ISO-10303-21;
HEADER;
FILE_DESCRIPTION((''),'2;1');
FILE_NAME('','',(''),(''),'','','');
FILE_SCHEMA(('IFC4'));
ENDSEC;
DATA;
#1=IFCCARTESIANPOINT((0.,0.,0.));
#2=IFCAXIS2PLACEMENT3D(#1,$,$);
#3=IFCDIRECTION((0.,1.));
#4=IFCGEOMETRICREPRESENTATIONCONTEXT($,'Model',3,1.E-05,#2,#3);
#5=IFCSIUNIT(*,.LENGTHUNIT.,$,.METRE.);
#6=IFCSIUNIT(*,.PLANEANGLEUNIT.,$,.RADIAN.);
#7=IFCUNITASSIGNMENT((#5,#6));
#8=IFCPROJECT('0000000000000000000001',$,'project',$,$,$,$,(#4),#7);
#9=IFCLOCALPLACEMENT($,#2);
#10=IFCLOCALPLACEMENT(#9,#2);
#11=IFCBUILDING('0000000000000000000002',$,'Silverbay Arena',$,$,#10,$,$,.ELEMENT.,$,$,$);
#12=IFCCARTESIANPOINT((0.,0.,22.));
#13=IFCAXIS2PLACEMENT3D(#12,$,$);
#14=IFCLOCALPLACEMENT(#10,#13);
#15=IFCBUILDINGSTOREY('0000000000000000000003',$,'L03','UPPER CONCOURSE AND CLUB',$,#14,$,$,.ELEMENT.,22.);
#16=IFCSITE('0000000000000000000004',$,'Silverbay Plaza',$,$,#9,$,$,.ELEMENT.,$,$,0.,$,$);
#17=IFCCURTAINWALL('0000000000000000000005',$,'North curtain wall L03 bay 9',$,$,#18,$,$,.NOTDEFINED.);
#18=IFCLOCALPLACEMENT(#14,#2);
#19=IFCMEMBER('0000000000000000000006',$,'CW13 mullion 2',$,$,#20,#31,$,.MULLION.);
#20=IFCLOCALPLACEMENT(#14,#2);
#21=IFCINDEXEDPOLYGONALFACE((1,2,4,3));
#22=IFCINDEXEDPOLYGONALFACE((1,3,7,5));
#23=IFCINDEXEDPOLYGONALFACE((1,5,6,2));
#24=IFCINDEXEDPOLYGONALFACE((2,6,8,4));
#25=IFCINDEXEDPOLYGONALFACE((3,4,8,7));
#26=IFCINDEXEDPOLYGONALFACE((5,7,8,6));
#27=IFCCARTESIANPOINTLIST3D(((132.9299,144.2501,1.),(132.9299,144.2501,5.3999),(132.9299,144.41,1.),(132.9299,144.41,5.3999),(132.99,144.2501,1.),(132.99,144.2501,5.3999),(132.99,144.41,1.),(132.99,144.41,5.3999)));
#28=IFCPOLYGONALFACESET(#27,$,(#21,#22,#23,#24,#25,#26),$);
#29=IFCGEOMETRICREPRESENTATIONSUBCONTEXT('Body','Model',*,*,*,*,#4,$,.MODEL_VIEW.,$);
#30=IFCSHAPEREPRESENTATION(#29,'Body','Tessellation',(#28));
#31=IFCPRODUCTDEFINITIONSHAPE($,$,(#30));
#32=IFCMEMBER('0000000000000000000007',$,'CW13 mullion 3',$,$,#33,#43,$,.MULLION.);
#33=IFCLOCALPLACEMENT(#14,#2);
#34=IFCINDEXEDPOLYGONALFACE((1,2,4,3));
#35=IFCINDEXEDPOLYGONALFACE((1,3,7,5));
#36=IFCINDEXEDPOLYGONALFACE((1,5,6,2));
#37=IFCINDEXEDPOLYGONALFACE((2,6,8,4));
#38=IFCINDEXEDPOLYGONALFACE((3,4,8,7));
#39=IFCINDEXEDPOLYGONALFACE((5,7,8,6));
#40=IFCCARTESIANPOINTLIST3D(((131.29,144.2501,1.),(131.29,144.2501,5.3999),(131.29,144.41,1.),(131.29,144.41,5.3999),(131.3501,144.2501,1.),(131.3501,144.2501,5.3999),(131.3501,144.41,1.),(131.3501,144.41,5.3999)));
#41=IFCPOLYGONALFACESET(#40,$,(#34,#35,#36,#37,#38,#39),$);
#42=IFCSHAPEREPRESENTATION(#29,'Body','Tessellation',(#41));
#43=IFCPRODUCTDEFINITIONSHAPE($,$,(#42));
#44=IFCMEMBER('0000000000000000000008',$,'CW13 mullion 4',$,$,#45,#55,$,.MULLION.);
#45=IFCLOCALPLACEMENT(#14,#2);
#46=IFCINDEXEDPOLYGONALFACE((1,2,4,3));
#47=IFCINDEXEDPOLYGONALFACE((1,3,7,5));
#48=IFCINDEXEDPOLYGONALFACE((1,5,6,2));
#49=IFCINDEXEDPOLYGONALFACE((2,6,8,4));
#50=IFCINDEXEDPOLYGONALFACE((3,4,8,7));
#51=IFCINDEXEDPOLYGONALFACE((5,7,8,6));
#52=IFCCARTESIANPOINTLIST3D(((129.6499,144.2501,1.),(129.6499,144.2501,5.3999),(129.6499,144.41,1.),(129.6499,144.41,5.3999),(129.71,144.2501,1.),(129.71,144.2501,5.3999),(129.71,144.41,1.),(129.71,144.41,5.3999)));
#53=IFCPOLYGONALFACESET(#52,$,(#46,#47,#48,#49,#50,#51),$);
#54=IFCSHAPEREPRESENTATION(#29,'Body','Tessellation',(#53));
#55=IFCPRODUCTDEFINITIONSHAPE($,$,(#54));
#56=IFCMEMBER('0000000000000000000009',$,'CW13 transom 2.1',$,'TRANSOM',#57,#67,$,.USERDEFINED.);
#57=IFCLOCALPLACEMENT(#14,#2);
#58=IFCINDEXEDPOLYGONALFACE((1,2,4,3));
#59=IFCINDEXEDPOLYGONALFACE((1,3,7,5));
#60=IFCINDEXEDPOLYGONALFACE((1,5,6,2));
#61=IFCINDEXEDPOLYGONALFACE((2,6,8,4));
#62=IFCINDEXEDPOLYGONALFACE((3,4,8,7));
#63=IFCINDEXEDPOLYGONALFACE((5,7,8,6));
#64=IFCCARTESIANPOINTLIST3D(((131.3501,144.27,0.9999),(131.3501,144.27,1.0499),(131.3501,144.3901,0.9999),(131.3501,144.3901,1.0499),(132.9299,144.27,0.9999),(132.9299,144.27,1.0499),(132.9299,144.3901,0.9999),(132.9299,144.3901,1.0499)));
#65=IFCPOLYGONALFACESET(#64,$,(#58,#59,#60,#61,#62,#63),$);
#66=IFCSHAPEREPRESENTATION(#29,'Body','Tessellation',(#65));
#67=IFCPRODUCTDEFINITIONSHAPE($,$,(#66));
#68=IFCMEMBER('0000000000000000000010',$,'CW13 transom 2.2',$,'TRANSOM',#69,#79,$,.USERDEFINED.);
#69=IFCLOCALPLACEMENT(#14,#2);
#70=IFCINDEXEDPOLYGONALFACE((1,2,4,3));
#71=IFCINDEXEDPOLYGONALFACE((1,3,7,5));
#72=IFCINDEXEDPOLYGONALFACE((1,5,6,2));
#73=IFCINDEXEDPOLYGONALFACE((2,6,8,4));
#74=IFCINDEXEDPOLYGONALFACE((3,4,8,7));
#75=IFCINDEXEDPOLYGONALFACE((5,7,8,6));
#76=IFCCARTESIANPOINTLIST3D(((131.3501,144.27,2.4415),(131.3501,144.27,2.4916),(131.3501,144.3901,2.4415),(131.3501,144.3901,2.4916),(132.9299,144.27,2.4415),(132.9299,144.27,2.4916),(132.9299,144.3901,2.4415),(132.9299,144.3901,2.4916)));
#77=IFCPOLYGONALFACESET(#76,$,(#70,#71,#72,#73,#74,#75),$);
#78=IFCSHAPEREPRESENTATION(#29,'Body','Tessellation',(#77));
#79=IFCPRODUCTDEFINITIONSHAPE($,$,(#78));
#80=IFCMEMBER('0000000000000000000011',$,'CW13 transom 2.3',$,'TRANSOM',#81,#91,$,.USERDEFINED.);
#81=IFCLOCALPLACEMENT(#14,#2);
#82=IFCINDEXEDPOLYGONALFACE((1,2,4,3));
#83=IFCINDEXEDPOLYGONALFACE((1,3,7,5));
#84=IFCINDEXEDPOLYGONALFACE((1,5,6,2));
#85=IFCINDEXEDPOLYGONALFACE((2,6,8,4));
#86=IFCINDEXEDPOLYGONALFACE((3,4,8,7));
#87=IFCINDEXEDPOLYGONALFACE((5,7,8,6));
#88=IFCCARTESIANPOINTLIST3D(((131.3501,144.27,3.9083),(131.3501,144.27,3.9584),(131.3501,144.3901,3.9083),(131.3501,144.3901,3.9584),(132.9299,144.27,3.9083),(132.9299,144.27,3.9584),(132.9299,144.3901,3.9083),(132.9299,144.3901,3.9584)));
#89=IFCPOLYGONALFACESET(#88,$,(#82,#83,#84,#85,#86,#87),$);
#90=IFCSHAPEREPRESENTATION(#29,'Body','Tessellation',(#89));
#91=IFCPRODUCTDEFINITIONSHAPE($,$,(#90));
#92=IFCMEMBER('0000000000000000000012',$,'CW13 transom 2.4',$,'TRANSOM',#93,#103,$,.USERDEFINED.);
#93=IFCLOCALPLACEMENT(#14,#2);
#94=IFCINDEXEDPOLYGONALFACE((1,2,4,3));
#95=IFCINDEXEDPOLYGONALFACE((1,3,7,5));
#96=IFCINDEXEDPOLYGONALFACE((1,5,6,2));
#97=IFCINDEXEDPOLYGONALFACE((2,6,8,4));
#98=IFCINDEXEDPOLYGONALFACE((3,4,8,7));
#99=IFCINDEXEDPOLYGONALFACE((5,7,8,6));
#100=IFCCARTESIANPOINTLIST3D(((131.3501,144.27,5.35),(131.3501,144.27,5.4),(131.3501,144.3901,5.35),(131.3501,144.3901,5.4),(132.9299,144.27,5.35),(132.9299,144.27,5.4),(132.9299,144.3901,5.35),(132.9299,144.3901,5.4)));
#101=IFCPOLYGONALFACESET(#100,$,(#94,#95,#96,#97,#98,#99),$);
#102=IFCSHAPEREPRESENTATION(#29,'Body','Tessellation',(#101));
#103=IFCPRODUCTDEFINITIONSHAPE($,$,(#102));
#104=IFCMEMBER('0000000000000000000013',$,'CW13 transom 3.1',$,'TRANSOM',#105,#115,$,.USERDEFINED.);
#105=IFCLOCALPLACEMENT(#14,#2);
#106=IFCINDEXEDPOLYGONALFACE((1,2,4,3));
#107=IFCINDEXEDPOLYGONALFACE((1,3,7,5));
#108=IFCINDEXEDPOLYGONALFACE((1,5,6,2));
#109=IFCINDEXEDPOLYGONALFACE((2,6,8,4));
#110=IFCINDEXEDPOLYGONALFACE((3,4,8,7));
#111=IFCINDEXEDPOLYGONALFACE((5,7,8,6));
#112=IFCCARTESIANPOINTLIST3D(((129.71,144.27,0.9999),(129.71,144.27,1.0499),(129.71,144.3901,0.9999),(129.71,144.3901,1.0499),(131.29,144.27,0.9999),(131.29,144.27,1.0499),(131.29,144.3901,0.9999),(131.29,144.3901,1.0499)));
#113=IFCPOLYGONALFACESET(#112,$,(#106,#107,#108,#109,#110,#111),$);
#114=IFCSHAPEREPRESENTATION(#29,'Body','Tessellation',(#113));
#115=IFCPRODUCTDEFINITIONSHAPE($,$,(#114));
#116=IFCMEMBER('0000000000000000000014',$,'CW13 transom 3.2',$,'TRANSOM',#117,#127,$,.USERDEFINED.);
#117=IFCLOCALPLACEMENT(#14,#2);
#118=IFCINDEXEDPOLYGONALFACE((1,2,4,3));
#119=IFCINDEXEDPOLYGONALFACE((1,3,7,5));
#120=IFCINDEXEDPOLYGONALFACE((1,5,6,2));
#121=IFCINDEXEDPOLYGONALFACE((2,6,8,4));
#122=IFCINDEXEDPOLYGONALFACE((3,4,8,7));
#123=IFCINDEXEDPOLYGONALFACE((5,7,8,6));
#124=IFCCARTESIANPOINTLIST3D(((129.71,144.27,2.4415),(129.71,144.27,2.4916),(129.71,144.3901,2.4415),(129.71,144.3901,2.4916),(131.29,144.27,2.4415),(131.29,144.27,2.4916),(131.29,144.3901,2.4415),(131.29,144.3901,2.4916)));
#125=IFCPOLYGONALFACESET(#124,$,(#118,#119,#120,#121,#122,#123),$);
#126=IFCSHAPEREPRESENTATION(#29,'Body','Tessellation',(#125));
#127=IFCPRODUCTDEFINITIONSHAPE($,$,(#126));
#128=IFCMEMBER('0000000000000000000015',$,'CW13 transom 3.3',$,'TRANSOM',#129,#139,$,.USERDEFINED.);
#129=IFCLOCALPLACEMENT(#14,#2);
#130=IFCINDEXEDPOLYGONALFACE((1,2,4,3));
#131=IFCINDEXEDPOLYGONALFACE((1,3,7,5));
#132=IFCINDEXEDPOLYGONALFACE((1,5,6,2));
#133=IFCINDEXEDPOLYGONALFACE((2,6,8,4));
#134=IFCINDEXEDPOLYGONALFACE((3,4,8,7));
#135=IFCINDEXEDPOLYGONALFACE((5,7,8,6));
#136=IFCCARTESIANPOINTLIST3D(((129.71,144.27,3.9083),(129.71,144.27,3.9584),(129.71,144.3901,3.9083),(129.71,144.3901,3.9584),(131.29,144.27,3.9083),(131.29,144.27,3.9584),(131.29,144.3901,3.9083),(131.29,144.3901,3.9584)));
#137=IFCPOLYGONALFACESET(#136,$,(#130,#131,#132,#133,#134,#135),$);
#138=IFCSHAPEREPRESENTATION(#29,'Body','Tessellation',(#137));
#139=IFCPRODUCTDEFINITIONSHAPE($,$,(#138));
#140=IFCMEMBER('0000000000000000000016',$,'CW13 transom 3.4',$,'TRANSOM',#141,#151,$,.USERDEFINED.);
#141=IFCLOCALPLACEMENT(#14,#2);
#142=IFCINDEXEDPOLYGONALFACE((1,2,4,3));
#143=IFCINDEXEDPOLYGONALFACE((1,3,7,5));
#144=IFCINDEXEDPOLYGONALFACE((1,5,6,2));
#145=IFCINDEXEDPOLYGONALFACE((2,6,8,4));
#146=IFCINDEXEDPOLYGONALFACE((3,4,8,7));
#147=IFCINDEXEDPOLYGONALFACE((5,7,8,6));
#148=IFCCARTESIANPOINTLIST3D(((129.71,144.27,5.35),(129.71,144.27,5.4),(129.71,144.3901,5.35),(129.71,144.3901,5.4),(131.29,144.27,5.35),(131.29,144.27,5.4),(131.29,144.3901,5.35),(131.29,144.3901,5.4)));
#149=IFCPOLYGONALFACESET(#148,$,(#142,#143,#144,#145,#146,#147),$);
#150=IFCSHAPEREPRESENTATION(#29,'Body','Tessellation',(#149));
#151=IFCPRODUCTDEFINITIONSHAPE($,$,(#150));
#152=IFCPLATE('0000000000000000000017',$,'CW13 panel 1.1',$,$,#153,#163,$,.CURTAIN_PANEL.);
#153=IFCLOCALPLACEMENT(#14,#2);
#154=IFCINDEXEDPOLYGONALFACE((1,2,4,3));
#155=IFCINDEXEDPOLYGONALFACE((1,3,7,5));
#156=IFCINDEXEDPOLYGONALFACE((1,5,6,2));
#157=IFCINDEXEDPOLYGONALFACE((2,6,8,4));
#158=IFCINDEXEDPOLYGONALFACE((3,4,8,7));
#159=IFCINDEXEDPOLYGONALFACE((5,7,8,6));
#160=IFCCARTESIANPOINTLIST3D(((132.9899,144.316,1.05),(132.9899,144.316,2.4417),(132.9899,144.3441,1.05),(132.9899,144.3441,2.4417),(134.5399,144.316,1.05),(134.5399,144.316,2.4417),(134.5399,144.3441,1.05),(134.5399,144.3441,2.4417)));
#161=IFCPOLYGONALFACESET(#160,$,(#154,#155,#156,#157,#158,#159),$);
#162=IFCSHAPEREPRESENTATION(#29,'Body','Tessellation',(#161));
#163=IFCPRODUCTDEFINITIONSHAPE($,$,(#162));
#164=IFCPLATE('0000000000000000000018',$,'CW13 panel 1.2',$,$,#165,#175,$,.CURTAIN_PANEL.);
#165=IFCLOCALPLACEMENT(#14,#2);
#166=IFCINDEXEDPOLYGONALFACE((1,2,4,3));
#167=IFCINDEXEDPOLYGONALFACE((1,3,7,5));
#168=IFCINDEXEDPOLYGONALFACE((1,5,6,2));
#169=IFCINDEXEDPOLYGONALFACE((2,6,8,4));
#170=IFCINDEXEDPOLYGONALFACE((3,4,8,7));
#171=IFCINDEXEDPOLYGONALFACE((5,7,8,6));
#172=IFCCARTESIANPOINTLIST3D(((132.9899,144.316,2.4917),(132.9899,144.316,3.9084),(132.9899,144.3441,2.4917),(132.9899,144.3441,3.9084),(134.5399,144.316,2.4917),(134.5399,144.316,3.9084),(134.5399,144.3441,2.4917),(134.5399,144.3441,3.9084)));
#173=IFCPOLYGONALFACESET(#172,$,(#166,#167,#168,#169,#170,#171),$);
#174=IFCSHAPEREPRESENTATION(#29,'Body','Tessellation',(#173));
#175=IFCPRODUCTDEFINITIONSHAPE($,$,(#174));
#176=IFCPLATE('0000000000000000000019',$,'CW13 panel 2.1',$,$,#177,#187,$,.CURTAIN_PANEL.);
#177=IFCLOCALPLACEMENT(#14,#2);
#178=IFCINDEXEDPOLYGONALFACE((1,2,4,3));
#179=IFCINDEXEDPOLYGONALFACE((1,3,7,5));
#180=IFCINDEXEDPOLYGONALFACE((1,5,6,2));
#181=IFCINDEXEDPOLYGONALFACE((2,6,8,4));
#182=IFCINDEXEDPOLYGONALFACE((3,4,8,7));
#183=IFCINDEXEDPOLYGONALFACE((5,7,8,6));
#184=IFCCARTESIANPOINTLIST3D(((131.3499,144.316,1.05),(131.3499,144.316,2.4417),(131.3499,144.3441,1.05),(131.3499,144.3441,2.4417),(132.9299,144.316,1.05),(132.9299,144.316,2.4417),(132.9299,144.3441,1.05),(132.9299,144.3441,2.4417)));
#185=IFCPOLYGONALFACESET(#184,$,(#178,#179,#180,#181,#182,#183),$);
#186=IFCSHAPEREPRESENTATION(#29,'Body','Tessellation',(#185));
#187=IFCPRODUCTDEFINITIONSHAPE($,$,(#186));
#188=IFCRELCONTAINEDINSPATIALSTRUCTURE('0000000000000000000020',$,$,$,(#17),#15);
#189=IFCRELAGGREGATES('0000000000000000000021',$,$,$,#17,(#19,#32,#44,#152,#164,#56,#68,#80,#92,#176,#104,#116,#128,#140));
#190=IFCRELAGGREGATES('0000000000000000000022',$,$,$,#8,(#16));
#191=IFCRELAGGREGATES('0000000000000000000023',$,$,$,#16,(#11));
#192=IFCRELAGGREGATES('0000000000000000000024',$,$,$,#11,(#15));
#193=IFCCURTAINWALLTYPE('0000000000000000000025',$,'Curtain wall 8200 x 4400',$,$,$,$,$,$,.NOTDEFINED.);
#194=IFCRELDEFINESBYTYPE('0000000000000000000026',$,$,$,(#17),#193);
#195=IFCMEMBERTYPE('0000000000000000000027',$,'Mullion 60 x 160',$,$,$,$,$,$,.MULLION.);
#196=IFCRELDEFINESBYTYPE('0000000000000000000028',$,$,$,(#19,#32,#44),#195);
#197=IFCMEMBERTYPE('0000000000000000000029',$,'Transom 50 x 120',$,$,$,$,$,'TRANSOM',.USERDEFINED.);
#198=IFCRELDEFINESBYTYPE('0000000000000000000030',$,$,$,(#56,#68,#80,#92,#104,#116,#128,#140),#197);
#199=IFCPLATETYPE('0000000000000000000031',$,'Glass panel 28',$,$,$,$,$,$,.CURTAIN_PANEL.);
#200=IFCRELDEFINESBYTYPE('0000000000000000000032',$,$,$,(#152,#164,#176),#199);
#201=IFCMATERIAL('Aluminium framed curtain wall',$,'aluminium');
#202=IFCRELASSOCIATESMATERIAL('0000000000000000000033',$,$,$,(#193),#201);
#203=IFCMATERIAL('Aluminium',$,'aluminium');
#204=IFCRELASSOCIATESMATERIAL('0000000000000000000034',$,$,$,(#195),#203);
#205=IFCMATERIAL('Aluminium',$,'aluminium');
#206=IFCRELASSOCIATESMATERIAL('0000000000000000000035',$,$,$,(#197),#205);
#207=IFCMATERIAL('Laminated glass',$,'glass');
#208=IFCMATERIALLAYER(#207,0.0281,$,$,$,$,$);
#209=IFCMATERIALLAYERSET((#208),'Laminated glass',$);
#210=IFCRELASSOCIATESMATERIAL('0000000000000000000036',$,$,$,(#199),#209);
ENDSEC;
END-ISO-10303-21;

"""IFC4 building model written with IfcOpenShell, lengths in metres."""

from ifc_helpers import new_model, si_unit, direction, frame, origin, origin_2d, place, context, subcontext, project, spatial, rectangle, extrude, material, layer, layer_set, material_profile, profile_set, type_object, element, aggregate, save


model = new_model("IFC4")

# Units and contexts
model_context = context("Model", 3, precision=1e-05, world=origin(), true_north=direction((0.0, 1.0)))
body_context = subcontext(model_context, "Body", "Model", "MODEL_VIEW")
ifc_project = project(units=[si_unit("LENGTHUNIT", "METRE"), si_unit("PLANEANGLEUNIT", "RADIAN")], contexts=[model_context])

# Site, building, storey
site_placement = place(None, origin())
site = spatial("IfcSite", under=ifc_project, at=site_placement, Name="Silverbay Plaza", CompositionType="ELEMENT", RefElevation=0.0)
building_placement = place(site_placement, origin())
building = spatial("IfcBuilding", under=site, at=building_placement, Name="Silverbay Arena", CompositionType="ELEMENT")
storey_placement = place(building_placement, frame((0.0, 0.0, 22.0)))
storey = spatial("IfcBuildingStorey", under=building, at=storey_placement, Name="L03", Description="UPPER CONCOURSE AND CLUB", CompositionType="ELEMENT", Elevation=22.0)

# Curtain wall, members, plates
ifc_material_1 = material(Name="Aluminium framed curtain wall", Category="aluminium")
curtain_wall_type = type_object("IfcCurtainWallType", Name="Curtain wall 8200 x 4400", PredefinedType="NOTDEFINED", material=ifc_material_1)
curtain_wall_placement = place(storey_placement, origin())
curtain_wall = element("IfcCurtainWall", 1, at=curtain_wall_placement, inside=storey, type_object=curtain_wall_type, Name="North curtain wall L03 bay 9", PredefinedType="NOTDEFINED")
ifc_material_2 = material(Name="Aluminium", Category="aluminium")
ifc_material_profile_1 = material_profile(ifc_material_2, rectangle(XDim=0.1599, YDim=0.0601, at=origin_2d()), Name="Mullion 60 x 160")
ifc_profile_set_1 = profile_set([ifc_material_profile_1], Name="Aluminium")
member_type_1 = type_object("IfcMemberType", Name="Mullion 60 x 160", PredefinedType="MULLION", material=ifc_profile_set_1)
member_1_placement = place(storey_placement, frame((132.96, 144.3301, 1.0), z_axis=(0.0, 0.0, 1.0), x_axis=(0.0, -1.0, 0.0)))
member_1 = element("IfcMember", 2, at=member_1_placement, type_object=member_type_1, Name="CW13 mullion 2", PredefinedType="MULLION", context=body_context, shape_type="SweptSolid", body=[
    extrude(rectangle(XDim=0.1599, YDim=0.0601, at=origin_2d()), origin(), (0.0, 0.0, 1.0), 4.3999),
])
member_2_placement = place(storey_placement, frame((131.3201, 144.3301, 1.0), z_axis=(0.0, 0.0, 1.0), x_axis=(0.0, -1.0, 0.0)))
member_2 = element("IfcMember", 3, at=member_2_placement, type_object=member_type_1, Name="CW13 mullion 3", PredefinedType="MULLION", context=body_context, shape_type="SweptSolid", body=[
    extrude(rectangle(XDim=0.1599, YDim=0.0601, at=origin_2d()), origin(), (0.0, 0.0, 1.0), 4.3999),
])
member_3_placement = place(storey_placement, frame((129.6799, 144.3301, 1.0), z_axis=(0.0, 0.0, 1.0), x_axis=(0.0, -1.0, 0.0)))
member_3 = element("IfcMember", 4, at=member_3_placement, type_object=member_type_1, Name="CW13 mullion 4", PredefinedType="MULLION", context=body_context, shape_type="SweptSolid", body=[
    extrude(rectangle(XDim=0.1599, YDim=0.0601, at=origin_2d()), origin(), (0.0, 0.0, 1.0), 4.3999),
])
ifc_material_3 = material(Name="Aluminium", Category="aluminium")
ifc_material_profile_2 = material_profile(ifc_material_3, rectangle(XDim=0.1201, YDim=0.05, at=origin_2d()), Name="Transom 50 x 120")
ifc_profile_set_2 = profile_set([ifc_material_profile_2], Name="Aluminium")
member_type_2 = type_object("IfcMemberType", Name="Transom 50 x 120", ElementType="TRANSOM", PredefinedType="USERDEFINED", material=ifc_profile_set_2)
member_4_placement = place(storey_placement, frame((132.9299, 144.3301, 1.0249), z_axis=(-1.0, 0.0, 0.0), x_axis=(0.0, -1.0, 0.0)))
member_4 = element("IfcMember", 5, at=member_4_placement, type_object=member_type_2, Name="CW13 transom 2.1", ObjectType="TRANSOM", PredefinedType="USERDEFINED", context=body_context, shape_type="SweptSolid", body=[
    extrude(rectangle(XDim=0.1201, YDim=0.05, at=origin_2d()), origin(), (0.0, 0.0, 1.0), 1.5798),
])
member_5_placement = place(storey_placement, frame((132.9299, 144.3301, 2.4666), z_axis=(-1.0, 0.0, 0.0), x_axis=(0.0, -1.0, 0.0)))
member_5 = element("IfcMember", 6, at=member_5_placement, type_object=member_type_2, Name="CW13 transom 2.2", ObjectType="TRANSOM", PredefinedType="USERDEFINED", context=body_context, shape_type="SweptSolid", body=[
    extrude(rectangle(XDim=0.1201, YDim=0.05, at=origin_2d()), origin(), (0.0, 0.0, 1.0), 1.5798),
])
member_6_placement = place(storey_placement, frame((132.9299, 144.3301, 3.9333), z_axis=(-1.0, 0.0, 0.0), x_axis=(0.0, -1.0, 0.0)))
member_6 = element("IfcMember", 7, at=member_6_placement, type_object=member_type_2, Name="CW13 transom 2.3", ObjectType="TRANSOM", PredefinedType="USERDEFINED", context=body_context, shape_type="SweptSolid", body=[
    extrude(rectangle(XDim=0.1201, YDim=0.05, at=origin_2d()), origin(), (0.0, 0.0, 1.0), 1.5798),
])
member_7_placement = place(storey_placement, frame((132.9299, 144.3301, 5.375), z_axis=(-1.0, 0.0, 0.0), x_axis=(0.0, -1.0, 0.0)))
member_7 = element("IfcMember", 8, at=member_7_placement, type_object=member_type_2, Name="CW13 transom 2.4", ObjectType="TRANSOM", PredefinedType="USERDEFINED", context=body_context, shape_type="SweptSolid", body=[
    extrude(rectangle(XDim=0.1201, YDim=0.05, at=origin_2d()), origin(), (0.0, 0.0, 1.0), 1.5798),
])
member_8_placement = place(storey_placement, frame((131.29, 144.3301, 1.0249), z_axis=(-1.0, 0.0, 0.0), x_axis=(0.0, -1.0, 0.0)))
member_8 = element("IfcMember", 9, at=member_8_placement, type_object=member_type_2, Name="CW13 transom 3.1", ObjectType="TRANSOM", PredefinedType="USERDEFINED", context=body_context, shape_type="SweptSolid", body=[
    extrude(rectangle(XDim=0.1201, YDim=0.05, at=origin_2d()), origin(), (0.0, 0.0, 1.0), 1.5801),
])
member_9_placement = place(storey_placement, frame((131.29, 144.3301, 2.4666), z_axis=(-1.0, 0.0, 0.0), x_axis=(0.0, -1.0, 0.0)))
member_9 = element("IfcMember", 10, at=member_9_placement, type_object=member_type_2, Name="CW13 transom 3.2", ObjectType="TRANSOM", PredefinedType="USERDEFINED", context=body_context, shape_type="SweptSolid", body=[
    extrude(rectangle(XDim=0.1201, YDim=0.05, at=origin_2d()), origin(), (0.0, 0.0, 1.0), 1.5801),
])
member_10_placement = place(storey_placement, frame((131.29, 144.3301, 3.9333), z_axis=(-1.0, 0.0, 0.0), x_axis=(0.0, -1.0, 0.0)))
member_10 = element("IfcMember", 11, at=member_10_placement, type_object=member_type_2, Name="CW13 transom 3.3", ObjectType="TRANSOM", PredefinedType="USERDEFINED", context=body_context, shape_type="SweptSolid", body=[
    extrude(rectangle(XDim=0.1201, YDim=0.05, at=origin_2d()), origin(), (0.0, 0.0, 1.0), 1.5801),
])
member_11_placement = place(storey_placement, frame((131.29, 144.3301, 5.375), z_axis=(-1.0, 0.0, 0.0), x_axis=(0.0, -1.0, 0.0)))
member_11 = element("IfcMember", 12, at=member_11_placement, type_object=member_type_2, Name="CW13 transom 3.4", ObjectType="TRANSOM", PredefinedType="USERDEFINED", context=body_context, shape_type="SweptSolid", body=[
    extrude(rectangle(XDim=0.1201, YDim=0.05, at=origin_2d()), origin(), (0.0, 0.0, 1.0), 1.5801),
])
ifc_material_4 = material(Name="Laminated glass", Category="glass")
ifc_layer = layer(ifc_material_4, 0.0281)
ifc_layer_set = layer_set([ifc_layer], Name="Laminated glass")
plate_type = type_object("IfcPlateType", Name="Glass panel 28", PredefinedType="CURTAIN_PANEL", material=ifc_layer_set)
plate_1_placement = place(storey_placement, frame((133.7649, 144.3301, 1.05), z_axis=(0.0, 0.0, 1.0), x_axis=(-1.0, 0.0, 0.0)))
plate_1 = element("IfcPlate", 13, at=plate_1_placement, type_object=plate_type, Name="CW13 panel 1.1", PredefinedType="CURTAIN_PANEL", context=body_context, shape_type="SweptSolid", body=[
    extrude(rectangle(XDim=1.55, YDim=0.0281, at=origin_2d()), origin(), (0.0, 0.0, 1.0), 1.3916),
])
plate_2_placement = place(storey_placement, frame((133.7649, 144.3301, 2.4917), z_axis=(0.0, 0.0, 1.0), x_axis=(-1.0, 0.0, 0.0)))
plate_2 = element("IfcPlate", 14, at=plate_2_placement, type_object=plate_type, Name="CW13 panel 1.2", PredefinedType="CURTAIN_PANEL", context=body_context, shape_type="SweptSolid", body=[
    extrude(rectangle(XDim=1.55, YDim=0.0281, at=origin_2d()), origin(), (0.0, 0.0, 1.0), 1.4167),
])
plate_3_placement = place(storey_placement, frame((132.1399, 144.3301, 1.05), z_axis=(0.0, 0.0, 1.0), x_axis=(-1.0, 0.0, 0.0)))
plate_3 = element("IfcPlate", 15, at=plate_3_placement, type_object=plate_type, Name="CW13 panel 2.1", PredefinedType="CURTAIN_PANEL", context=body_context, shape_type="SweptSolid", body=[
    extrude(rectangle(XDim=1.5801, YDim=0.0281, at=origin_2d()), origin(), (0.0, 0.0, 1.0), 1.3916),
])
aggregate(curtain_wall, [member_1, member_2, member_3, plate_1, plate_2, member_4, member_5, member_6, member_7, plate_3, member_8, member_9, member_10, member_11])

save(model, "model.ifc")
